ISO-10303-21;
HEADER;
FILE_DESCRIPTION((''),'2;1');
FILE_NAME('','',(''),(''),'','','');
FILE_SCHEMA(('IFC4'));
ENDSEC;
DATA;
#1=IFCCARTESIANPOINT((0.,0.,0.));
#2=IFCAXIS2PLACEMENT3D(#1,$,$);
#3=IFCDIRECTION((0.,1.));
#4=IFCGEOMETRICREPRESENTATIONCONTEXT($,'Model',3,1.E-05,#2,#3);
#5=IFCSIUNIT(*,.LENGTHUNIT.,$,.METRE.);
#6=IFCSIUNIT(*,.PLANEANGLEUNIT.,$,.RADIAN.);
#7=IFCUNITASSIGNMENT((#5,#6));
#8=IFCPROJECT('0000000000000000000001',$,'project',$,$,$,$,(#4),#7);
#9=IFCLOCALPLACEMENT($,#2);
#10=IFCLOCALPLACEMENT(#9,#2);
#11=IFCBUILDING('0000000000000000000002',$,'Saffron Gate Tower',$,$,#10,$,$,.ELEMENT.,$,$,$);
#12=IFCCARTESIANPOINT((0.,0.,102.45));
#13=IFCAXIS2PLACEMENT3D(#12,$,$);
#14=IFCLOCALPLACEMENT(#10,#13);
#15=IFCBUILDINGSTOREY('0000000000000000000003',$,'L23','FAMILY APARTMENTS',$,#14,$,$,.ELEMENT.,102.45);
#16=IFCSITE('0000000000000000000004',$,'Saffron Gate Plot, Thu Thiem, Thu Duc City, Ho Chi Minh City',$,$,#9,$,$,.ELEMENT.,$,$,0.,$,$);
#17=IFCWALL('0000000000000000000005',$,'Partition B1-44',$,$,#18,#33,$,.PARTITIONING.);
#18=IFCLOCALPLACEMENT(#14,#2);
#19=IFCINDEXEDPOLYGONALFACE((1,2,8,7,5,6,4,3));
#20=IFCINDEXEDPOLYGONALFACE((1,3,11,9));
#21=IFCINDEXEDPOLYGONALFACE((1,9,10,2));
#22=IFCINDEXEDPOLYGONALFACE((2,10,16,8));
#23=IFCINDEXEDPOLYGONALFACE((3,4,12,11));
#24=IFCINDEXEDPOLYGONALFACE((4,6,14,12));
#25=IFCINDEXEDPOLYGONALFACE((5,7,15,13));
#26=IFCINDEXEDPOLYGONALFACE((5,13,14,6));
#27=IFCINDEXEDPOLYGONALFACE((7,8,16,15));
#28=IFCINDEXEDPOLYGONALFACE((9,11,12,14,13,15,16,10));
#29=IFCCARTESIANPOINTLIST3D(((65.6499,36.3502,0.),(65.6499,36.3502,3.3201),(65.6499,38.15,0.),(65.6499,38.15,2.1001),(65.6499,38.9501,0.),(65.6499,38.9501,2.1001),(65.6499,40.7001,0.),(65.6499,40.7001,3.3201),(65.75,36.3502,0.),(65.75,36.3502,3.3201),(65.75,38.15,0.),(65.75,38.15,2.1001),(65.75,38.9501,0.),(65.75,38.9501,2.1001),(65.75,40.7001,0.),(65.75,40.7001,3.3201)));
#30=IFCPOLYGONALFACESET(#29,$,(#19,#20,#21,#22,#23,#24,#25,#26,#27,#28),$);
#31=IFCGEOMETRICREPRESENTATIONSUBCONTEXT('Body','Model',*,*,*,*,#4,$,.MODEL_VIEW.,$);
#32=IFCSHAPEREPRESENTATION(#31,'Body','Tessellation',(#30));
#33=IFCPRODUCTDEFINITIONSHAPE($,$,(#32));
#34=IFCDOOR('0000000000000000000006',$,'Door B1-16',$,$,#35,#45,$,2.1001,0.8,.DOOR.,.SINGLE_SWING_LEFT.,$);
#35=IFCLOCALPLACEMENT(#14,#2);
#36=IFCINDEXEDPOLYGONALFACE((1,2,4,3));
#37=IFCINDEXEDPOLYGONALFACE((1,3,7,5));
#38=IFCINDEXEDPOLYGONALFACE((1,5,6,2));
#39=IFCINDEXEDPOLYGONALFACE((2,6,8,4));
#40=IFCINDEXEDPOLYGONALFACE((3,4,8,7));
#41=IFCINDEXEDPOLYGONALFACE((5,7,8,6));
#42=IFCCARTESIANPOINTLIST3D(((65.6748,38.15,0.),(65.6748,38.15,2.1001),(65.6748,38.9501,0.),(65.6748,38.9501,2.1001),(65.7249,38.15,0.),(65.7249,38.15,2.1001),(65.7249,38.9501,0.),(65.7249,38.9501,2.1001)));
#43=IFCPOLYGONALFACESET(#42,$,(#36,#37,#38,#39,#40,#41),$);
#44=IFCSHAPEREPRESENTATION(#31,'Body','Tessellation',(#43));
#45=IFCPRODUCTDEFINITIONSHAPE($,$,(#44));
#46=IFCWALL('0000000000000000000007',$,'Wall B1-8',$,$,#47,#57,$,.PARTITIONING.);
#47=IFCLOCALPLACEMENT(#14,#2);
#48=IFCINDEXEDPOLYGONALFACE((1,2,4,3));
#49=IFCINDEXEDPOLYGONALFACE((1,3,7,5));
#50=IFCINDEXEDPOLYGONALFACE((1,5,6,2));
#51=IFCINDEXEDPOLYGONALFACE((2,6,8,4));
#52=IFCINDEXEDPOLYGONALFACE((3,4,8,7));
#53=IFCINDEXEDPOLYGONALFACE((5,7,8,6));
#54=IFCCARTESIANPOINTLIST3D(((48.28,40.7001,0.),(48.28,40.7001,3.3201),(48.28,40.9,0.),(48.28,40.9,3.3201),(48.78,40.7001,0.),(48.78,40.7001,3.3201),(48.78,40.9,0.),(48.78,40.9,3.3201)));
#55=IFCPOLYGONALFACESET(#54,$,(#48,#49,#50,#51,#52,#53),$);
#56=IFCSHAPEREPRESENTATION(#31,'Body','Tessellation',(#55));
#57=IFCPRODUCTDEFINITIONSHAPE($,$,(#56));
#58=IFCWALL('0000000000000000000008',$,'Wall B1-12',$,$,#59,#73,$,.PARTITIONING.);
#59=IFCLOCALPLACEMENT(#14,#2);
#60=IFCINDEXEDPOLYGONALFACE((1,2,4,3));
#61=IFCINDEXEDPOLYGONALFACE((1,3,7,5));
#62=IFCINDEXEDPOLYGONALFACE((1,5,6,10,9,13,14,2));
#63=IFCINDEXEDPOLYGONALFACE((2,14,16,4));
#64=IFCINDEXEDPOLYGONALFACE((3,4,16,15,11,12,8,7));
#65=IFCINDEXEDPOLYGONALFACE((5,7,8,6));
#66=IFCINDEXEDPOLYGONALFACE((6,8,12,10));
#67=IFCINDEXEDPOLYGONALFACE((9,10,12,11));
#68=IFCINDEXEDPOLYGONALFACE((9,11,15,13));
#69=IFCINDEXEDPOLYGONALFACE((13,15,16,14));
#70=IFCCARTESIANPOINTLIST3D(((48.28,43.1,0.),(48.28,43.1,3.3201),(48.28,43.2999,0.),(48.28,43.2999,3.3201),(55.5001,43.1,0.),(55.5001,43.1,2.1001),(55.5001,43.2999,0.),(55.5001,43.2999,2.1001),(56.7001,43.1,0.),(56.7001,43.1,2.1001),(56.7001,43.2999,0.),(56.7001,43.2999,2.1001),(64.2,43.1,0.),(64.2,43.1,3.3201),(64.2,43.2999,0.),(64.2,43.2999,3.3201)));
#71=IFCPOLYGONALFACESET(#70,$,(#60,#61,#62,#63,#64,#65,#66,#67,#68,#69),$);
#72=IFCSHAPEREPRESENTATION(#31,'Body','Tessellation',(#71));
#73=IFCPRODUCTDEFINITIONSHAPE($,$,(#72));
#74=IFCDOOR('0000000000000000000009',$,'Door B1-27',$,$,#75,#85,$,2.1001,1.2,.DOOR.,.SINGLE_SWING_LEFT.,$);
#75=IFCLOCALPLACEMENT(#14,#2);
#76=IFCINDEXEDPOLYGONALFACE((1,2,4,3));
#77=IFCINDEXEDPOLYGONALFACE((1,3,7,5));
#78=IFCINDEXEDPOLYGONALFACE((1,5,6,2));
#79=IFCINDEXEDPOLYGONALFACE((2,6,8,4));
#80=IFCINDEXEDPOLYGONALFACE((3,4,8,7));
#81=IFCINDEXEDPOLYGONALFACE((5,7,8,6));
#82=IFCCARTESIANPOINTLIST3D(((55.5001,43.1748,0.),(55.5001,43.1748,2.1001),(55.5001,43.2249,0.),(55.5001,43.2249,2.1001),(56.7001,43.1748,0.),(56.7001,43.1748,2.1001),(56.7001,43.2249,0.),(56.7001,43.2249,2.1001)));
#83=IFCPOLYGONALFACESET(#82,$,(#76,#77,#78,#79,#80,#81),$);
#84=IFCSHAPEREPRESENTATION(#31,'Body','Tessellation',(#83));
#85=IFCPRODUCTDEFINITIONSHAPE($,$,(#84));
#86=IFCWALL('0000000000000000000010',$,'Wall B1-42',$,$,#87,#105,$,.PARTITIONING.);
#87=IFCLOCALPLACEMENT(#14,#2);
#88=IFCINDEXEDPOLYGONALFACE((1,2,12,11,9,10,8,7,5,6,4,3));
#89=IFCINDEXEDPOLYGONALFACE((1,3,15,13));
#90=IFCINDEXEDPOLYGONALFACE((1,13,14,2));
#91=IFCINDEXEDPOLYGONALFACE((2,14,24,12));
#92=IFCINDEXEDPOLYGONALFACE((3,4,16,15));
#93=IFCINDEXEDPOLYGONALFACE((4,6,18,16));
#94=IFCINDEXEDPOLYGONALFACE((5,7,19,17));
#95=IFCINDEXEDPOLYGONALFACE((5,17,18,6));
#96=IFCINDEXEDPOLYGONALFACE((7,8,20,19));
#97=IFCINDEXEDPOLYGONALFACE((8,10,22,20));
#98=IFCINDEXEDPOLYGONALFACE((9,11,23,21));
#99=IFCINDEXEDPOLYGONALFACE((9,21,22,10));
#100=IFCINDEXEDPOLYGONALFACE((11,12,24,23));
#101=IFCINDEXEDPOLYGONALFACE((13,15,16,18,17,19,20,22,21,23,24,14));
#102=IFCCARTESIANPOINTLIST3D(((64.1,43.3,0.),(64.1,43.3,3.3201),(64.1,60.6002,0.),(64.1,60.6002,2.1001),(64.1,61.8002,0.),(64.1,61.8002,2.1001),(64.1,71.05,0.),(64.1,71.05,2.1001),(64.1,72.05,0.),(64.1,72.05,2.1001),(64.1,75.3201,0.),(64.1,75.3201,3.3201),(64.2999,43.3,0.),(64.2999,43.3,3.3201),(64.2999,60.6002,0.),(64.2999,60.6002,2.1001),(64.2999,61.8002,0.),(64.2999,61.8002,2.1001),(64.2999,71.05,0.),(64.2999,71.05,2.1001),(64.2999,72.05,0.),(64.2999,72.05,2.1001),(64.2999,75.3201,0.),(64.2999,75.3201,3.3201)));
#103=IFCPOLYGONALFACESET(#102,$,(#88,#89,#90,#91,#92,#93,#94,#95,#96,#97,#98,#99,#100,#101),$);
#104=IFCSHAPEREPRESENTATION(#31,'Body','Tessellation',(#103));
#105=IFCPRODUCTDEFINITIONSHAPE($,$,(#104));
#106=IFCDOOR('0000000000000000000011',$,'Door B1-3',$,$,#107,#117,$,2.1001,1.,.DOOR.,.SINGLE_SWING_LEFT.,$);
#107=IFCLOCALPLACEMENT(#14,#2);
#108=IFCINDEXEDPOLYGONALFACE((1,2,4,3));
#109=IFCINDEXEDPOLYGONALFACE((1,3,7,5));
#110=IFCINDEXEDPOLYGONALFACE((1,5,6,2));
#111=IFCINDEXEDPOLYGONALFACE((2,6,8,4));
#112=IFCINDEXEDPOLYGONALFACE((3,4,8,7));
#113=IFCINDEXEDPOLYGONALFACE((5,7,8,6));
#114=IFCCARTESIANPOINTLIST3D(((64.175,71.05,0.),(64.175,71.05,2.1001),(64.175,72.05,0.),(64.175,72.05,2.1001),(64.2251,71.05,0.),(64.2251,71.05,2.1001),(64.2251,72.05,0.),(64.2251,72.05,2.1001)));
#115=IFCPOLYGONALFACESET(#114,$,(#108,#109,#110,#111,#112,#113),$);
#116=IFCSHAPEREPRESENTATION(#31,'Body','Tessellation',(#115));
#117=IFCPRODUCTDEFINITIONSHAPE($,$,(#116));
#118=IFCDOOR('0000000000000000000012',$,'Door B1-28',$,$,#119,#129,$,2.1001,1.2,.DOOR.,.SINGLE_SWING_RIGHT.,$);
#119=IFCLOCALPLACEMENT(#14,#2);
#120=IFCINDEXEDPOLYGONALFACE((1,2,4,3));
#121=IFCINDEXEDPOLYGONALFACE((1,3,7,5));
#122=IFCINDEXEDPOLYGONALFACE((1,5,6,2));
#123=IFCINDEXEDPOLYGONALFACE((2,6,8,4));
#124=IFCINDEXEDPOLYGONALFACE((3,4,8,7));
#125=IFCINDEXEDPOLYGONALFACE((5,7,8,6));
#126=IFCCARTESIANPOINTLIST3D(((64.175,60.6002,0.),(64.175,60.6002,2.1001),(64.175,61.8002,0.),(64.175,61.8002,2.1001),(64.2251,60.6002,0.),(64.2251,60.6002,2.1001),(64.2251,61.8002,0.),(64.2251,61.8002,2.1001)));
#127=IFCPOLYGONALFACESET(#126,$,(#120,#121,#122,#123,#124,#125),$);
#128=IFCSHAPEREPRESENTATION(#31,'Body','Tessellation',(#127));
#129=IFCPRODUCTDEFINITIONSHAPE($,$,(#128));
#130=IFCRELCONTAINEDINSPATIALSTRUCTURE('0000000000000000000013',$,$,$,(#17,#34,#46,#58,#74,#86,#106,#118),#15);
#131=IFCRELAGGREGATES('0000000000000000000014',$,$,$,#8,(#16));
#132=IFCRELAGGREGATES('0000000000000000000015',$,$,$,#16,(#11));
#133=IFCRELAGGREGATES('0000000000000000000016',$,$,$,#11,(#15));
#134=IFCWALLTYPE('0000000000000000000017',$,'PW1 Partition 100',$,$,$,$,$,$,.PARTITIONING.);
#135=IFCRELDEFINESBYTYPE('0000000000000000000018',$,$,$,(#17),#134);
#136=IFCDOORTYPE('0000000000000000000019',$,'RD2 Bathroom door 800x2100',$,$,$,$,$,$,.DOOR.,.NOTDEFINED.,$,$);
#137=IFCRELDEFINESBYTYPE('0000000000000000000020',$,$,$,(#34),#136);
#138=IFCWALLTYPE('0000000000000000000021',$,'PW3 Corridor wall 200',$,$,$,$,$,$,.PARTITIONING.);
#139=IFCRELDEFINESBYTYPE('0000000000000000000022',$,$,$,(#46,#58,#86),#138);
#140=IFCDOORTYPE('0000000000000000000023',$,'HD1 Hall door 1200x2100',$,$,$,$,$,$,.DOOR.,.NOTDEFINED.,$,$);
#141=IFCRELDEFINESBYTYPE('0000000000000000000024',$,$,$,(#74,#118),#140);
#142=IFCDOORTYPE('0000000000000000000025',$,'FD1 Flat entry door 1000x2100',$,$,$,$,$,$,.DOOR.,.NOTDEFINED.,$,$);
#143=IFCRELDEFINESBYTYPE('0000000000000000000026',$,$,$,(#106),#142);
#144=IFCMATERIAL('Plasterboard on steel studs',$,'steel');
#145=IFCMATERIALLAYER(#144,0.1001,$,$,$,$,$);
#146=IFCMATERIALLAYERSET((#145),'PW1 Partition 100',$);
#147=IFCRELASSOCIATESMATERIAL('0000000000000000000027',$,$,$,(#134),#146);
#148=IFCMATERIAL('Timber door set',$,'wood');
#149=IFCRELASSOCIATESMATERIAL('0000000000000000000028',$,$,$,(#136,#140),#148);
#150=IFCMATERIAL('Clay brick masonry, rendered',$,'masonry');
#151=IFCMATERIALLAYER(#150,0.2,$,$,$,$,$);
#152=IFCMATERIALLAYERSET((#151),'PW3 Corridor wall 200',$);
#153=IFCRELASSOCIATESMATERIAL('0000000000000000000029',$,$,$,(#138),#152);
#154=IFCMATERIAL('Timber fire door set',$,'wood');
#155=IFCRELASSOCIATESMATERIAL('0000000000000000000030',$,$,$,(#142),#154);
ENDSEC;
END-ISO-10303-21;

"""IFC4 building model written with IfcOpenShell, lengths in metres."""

from ifc_helpers import new_model, si_unit, direction, frame, frame_2d, origin, place, context, subcontext, project, spatial, rectangle, extrude, material, layer, layer_set, type_object, element, fill, save


model = new_model("IFC4")

# Units and contexts
model_context = context("Model", 3, precision=1e-05, world=origin(), true_north=direction((0.0, 1.0)))
body_context = subcontext(model_context, "Body", "Model", "MODEL_VIEW")
ifc_project = project(units=[si_unit("LENGTHUNIT", "METRE"), si_unit("PLANEANGLEUNIT", "RADIAN")], contexts=[model_context])

# Site, building, storey
site_placement = place(None, origin())
site = spatial("IfcSite", under=ifc_project, at=site_placement, Name="Saffron Gate Plot, Thu Thiem, Thu Duc City, Ho Chi Minh City", CompositionType="ELEMENT", RefElevation=0.0)
building_placement = place(site_placement, origin())
building = spatial("IfcBuilding", under=site, at=building_placement, Name="Saffron Gate Tower", CompositionType="ELEMENT")
storey_placement = place(building_placement, frame((0.0, 0.0, 102.45)))
storey = spatial("IfcBuildingStorey", under=building, at=storey_placement, Name="L23", Description="FAMILY APARTMENTS", CompositionType="ELEMENT", Elevation=102.45)

# Shared definitions
ifc_material_1 = material(Name="Plasterboard on steel studs", Category="steel")
ifc_layer_1 = layer(ifc_material_1, 0.1001)
ifc_layer_set_1 = layer_set([ifc_layer_1], Name="PW1 Partition 100")
wall_type_1 = type_object("IfcWallType", Name="PW1 Partition 100", PredefinedType="PARTITIONING", material=ifc_layer_set_1)

# Shared definitions
ifc_material_2 = material(Name="Timber door set", Category="wood")
door_type_1 = type_object("IfcDoorType", Name="RD2 Bathroom door 800x2100", OperationType="NOTDEFINED", PredefinedType="DOOR", material=ifc_material_2)

# Wall, opening, door
wall_1_placement = place(storey_placement, frame((65.7, 40.7, 0.0), z_axis=(0.0, 0.0, 1.0), x_axis=(0.0, -1.0, 0.0)))
wall_1 = element("IfcWall", 1, at=wall_1_placement, inside=storey, type_object=wall_type_1, Name="Partition B1-44", PredefinedType="PARTITIONING", context=body_context, shape_type="SweptSolid", body=[
    extrude(rectangle(XDim=4.3499, YDim=0.1001, at=frame_2d((2.1748, 0.0))), origin(), (0.0, 0.0, 1.0), 3.3201),
])
opening_1_placement = place(wall_1_placement, frame((1.75, 0.0, 0.0)))
opening_1 = element("IfcOpeningElement", 2, at=opening_1_placement, cuts=wall_1, PredefinedType="OPENING", context=body_context, shape_type="SweptSolid", body=[
    extrude(rectangle(XDim=0.8, YDim=2.1001, at=frame_2d((0.3999, 1.05))), frame((0.0, 0.0601, 0.0), z_axis=(0.0, -1.0, 0.0), x_axis=(1.0, 0.0, 0.0)), (0.0, 0.0, 1.0), 0.1201),
])
door_1_placement = place(opening_1_placement, origin())
door_1 = element("IfcDoor", 3, at=door_1_placement, inside=storey, type_object=door_type_1, Name="Door B1-16", OperationType="SINGLE_SWING_LEFT", OverallHeight=2.1001, OverallWidth=0.8, PredefinedType="DOOR", context=body_context, shape_type="SweptSolid", body=[
    extrude(rectangle(XDim=0.8, YDim=2.1001, at=frame_2d((0.3999, 1.05))), frame((0.0, 0.0249, 0.0), z_axis=(0.0, -1.0, 0.0), x_axis=(1.0, 0.0, 0.0)), (0.0, 0.0, 1.0), 0.05),
])
fill(opening_1, door_1)

# Wall
ifc_material_3 = material(Name="Clay brick masonry, rendered", Category="masonry")
ifc_layer_2 = layer(ifc_material_3, 0.2)
ifc_layer_set_2 = layer_set([ifc_layer_2], Name="PW3 Corridor wall 200")
wall_type_2 = type_object("IfcWallType", Name="PW3 Corridor wall 200", PredefinedType="PARTITIONING", material=ifc_layer_set_2)
wall_2_placement = place(storey_placement, frame((48.28, 40.8, 0.0), z_axis=(0.0, 0.0, 1.0), x_axis=(1.0, 0.0, 0.0)))
element("IfcWall", 4, at=wall_2_placement, inside=storey, type_object=wall_type_2, Name="Wall B1-8", PredefinedType="PARTITIONING", context=body_context, shape_type="SweptSolid", body=[
    extrude(rectangle(XDim=0.5, YDim=0.2, at=frame_2d((0.25, 0.0))), origin(), (0.0, 0.0, 1.0), 3.3201),
])

# Wall, opening, door
wall_3_placement = place(storey_placement, frame((48.28, 43.2, 0.0), z_axis=(0.0, 0.0, 1.0), x_axis=(1.0, 0.0, 0.0)))
wall_3 = element("IfcWall", 5, at=wall_3_placement, inside=storey, type_object=wall_type_2, Name="Wall B1-12", PredefinedType="PARTITIONING", context=body_context, shape_type="SweptSolid", body=[
    extrude(rectangle(XDim=15.9199, YDim=0.2, at=frame_2d((7.96, 0.0))), origin(), (0.0, 0.0, 1.0), 3.3201),
])
opening_2_placement = place(wall_3_placement, frame((7.22, 0.0, 0.0)))
opening_2 = element("IfcOpeningElement", 6, at=opening_2_placement, cuts=wall_3, PredefinedType="OPENING", context=body_context, shape_type="SweptSolid", body=[
    extrude(rectangle(XDim=1.2, YDim=2.1001, at=frame_2d((0.6001, 1.05))), frame((0.0, 0.1099, 0.0), z_axis=(0.0, -1.0, 0.0), x_axis=(1.0, 0.0, 0.0)), (0.0, 0.0, 1.0), 0.22),
])
door_type_2 = type_object("IfcDoorType", Name="HD1 Hall door 1200x2100", OperationType="NOTDEFINED", PredefinedType="DOOR", material=ifc_material_2)
door_2_placement = place(opening_2_placement, origin())
door_2 = element("IfcDoor", 7, at=door_2_placement, inside=storey, type_object=door_type_2, Name="Door B1-27", OperationType="SINGLE_SWING_LEFT", OverallHeight=2.1001, OverallWidth=1.2, PredefinedType="DOOR", context=body_context, shape_type="SweptSolid", body=[
    extrude(rectangle(XDim=1.2, YDim=2.1001, at=frame_2d((0.6001, 1.05))), frame((0.0, 0.0249, 0.0), z_axis=(0.0, -1.0, 0.0), x_axis=(1.0, 0.0, 0.0)), (0.0, 0.0, 1.0), 0.05),
])
fill(opening_2, door_2)

# Wall, openings, doors
wall_4_placement = place(storey_placement, frame((64.2, 43.3, 0.0), z_axis=(0.0, 0.0, 1.0), x_axis=(0.0, 1.0, 0.0)))
wall_4 = element("IfcWall", 8, at=wall_4_placement, inside=storey, type_object=wall_type_2, Name="Wall B1-42", PredefinedType="PARTITIONING", context=body_context, shape_type="SweptSolid", body=[
    extrude(rectangle(XDim=32.02, YDim=0.2, at=frame_2d((16.01, 0.0))), origin(), (0.0, 0.0, 1.0), 3.3201),
])
opening_3_placement = place(wall_4_placement, frame((17.3, 0.0, 0.0)))
opening_3 = element("IfcOpeningElement", 9, at=opening_3_placement, cuts=wall_4, PredefinedType="OPENING", context=body_context, shape_type="SweptSolid", body=[
    extrude(rectangle(XDim=1.2, YDim=2.1001, at=frame_2d((0.6001, 1.05))), frame((0.0, 0.1099, 0.0), z_axis=(0.0, -1.0, 0.0), x_axis=(1.0, 0.0, 0.0)), (0.0, 0.0, 1.0), 0.22),
])
opening_4_placement = place(wall_4_placement, frame((27.75, 0.0, 0.0)))
opening_4 = element("IfcOpeningElement", 10, at=opening_4_placement, cuts=wall_4, PredefinedType="OPENING", context=body_context, shape_type="SweptSolid", body=[
    extrude(rectangle(XDim=1.0, YDim=2.1001, at=frame_2d((0.5, 1.05))), frame((0.0, 0.1099, 0.0), z_axis=(0.0, -1.0, 0.0), x_axis=(1.0, 0.0, 0.0)), (0.0, 0.0, 1.0), 0.22),
])
ifc_material_4 = material(Name="Timber fire door set", Category="wood")
door_type_3 = type_object("IfcDoorType", Name="FD1 Flat entry door 1000x2100", OperationType="NOTDEFINED", PredefinedType="DOOR", material=ifc_material_4)
door_3_placement = place(opening_4_placement, origin())
door_3 = element("IfcDoor", 11, at=door_3_placement, inside=storey, type_object=door_type_3, Name="Door B1-3", OperationType="SINGLE_SWING_LEFT", OverallHeight=2.1001, OverallWidth=1.0, PredefinedType="DOOR", context=body_context, shape_type="SweptSolid", body=[
    extrude(rectangle(XDim=1.0, YDim=2.1001, at=frame_2d((0.5, 1.05))), frame((0.0, 0.0249, 0.0), z_axis=(0.0, -1.0, 0.0), x_axis=(1.0, 0.0, 0.0)), (0.0, 0.0, 1.0), 0.05),
])
fill(opening_4, door_3)
door_4_placement = place(opening_3_placement, origin())
door_4 = element("IfcDoor", 12, at=door_4_placement, inside=storey, type_object=door_type_2, Name="Door B1-28", OperationType="SINGLE_SWING_RIGHT", OverallHeight=2.1001, OverallWidth=1.2, PredefinedType="DOOR", context=body_context, shape_type="SweptSolid", body=[
    extrude(rectangle(XDim=1.2, YDim=2.1001, at=frame_2d((0.6001, 1.05))), frame((0.0, 0.0249, 0.0), z_axis=(0.0, -1.0, 0.0), x_axis=(1.0, 0.0, 0.0)), (0.0, 0.0, 1.0), 0.05),
])
fill(opening_3, door_4)

save(model, "model.ifc")
